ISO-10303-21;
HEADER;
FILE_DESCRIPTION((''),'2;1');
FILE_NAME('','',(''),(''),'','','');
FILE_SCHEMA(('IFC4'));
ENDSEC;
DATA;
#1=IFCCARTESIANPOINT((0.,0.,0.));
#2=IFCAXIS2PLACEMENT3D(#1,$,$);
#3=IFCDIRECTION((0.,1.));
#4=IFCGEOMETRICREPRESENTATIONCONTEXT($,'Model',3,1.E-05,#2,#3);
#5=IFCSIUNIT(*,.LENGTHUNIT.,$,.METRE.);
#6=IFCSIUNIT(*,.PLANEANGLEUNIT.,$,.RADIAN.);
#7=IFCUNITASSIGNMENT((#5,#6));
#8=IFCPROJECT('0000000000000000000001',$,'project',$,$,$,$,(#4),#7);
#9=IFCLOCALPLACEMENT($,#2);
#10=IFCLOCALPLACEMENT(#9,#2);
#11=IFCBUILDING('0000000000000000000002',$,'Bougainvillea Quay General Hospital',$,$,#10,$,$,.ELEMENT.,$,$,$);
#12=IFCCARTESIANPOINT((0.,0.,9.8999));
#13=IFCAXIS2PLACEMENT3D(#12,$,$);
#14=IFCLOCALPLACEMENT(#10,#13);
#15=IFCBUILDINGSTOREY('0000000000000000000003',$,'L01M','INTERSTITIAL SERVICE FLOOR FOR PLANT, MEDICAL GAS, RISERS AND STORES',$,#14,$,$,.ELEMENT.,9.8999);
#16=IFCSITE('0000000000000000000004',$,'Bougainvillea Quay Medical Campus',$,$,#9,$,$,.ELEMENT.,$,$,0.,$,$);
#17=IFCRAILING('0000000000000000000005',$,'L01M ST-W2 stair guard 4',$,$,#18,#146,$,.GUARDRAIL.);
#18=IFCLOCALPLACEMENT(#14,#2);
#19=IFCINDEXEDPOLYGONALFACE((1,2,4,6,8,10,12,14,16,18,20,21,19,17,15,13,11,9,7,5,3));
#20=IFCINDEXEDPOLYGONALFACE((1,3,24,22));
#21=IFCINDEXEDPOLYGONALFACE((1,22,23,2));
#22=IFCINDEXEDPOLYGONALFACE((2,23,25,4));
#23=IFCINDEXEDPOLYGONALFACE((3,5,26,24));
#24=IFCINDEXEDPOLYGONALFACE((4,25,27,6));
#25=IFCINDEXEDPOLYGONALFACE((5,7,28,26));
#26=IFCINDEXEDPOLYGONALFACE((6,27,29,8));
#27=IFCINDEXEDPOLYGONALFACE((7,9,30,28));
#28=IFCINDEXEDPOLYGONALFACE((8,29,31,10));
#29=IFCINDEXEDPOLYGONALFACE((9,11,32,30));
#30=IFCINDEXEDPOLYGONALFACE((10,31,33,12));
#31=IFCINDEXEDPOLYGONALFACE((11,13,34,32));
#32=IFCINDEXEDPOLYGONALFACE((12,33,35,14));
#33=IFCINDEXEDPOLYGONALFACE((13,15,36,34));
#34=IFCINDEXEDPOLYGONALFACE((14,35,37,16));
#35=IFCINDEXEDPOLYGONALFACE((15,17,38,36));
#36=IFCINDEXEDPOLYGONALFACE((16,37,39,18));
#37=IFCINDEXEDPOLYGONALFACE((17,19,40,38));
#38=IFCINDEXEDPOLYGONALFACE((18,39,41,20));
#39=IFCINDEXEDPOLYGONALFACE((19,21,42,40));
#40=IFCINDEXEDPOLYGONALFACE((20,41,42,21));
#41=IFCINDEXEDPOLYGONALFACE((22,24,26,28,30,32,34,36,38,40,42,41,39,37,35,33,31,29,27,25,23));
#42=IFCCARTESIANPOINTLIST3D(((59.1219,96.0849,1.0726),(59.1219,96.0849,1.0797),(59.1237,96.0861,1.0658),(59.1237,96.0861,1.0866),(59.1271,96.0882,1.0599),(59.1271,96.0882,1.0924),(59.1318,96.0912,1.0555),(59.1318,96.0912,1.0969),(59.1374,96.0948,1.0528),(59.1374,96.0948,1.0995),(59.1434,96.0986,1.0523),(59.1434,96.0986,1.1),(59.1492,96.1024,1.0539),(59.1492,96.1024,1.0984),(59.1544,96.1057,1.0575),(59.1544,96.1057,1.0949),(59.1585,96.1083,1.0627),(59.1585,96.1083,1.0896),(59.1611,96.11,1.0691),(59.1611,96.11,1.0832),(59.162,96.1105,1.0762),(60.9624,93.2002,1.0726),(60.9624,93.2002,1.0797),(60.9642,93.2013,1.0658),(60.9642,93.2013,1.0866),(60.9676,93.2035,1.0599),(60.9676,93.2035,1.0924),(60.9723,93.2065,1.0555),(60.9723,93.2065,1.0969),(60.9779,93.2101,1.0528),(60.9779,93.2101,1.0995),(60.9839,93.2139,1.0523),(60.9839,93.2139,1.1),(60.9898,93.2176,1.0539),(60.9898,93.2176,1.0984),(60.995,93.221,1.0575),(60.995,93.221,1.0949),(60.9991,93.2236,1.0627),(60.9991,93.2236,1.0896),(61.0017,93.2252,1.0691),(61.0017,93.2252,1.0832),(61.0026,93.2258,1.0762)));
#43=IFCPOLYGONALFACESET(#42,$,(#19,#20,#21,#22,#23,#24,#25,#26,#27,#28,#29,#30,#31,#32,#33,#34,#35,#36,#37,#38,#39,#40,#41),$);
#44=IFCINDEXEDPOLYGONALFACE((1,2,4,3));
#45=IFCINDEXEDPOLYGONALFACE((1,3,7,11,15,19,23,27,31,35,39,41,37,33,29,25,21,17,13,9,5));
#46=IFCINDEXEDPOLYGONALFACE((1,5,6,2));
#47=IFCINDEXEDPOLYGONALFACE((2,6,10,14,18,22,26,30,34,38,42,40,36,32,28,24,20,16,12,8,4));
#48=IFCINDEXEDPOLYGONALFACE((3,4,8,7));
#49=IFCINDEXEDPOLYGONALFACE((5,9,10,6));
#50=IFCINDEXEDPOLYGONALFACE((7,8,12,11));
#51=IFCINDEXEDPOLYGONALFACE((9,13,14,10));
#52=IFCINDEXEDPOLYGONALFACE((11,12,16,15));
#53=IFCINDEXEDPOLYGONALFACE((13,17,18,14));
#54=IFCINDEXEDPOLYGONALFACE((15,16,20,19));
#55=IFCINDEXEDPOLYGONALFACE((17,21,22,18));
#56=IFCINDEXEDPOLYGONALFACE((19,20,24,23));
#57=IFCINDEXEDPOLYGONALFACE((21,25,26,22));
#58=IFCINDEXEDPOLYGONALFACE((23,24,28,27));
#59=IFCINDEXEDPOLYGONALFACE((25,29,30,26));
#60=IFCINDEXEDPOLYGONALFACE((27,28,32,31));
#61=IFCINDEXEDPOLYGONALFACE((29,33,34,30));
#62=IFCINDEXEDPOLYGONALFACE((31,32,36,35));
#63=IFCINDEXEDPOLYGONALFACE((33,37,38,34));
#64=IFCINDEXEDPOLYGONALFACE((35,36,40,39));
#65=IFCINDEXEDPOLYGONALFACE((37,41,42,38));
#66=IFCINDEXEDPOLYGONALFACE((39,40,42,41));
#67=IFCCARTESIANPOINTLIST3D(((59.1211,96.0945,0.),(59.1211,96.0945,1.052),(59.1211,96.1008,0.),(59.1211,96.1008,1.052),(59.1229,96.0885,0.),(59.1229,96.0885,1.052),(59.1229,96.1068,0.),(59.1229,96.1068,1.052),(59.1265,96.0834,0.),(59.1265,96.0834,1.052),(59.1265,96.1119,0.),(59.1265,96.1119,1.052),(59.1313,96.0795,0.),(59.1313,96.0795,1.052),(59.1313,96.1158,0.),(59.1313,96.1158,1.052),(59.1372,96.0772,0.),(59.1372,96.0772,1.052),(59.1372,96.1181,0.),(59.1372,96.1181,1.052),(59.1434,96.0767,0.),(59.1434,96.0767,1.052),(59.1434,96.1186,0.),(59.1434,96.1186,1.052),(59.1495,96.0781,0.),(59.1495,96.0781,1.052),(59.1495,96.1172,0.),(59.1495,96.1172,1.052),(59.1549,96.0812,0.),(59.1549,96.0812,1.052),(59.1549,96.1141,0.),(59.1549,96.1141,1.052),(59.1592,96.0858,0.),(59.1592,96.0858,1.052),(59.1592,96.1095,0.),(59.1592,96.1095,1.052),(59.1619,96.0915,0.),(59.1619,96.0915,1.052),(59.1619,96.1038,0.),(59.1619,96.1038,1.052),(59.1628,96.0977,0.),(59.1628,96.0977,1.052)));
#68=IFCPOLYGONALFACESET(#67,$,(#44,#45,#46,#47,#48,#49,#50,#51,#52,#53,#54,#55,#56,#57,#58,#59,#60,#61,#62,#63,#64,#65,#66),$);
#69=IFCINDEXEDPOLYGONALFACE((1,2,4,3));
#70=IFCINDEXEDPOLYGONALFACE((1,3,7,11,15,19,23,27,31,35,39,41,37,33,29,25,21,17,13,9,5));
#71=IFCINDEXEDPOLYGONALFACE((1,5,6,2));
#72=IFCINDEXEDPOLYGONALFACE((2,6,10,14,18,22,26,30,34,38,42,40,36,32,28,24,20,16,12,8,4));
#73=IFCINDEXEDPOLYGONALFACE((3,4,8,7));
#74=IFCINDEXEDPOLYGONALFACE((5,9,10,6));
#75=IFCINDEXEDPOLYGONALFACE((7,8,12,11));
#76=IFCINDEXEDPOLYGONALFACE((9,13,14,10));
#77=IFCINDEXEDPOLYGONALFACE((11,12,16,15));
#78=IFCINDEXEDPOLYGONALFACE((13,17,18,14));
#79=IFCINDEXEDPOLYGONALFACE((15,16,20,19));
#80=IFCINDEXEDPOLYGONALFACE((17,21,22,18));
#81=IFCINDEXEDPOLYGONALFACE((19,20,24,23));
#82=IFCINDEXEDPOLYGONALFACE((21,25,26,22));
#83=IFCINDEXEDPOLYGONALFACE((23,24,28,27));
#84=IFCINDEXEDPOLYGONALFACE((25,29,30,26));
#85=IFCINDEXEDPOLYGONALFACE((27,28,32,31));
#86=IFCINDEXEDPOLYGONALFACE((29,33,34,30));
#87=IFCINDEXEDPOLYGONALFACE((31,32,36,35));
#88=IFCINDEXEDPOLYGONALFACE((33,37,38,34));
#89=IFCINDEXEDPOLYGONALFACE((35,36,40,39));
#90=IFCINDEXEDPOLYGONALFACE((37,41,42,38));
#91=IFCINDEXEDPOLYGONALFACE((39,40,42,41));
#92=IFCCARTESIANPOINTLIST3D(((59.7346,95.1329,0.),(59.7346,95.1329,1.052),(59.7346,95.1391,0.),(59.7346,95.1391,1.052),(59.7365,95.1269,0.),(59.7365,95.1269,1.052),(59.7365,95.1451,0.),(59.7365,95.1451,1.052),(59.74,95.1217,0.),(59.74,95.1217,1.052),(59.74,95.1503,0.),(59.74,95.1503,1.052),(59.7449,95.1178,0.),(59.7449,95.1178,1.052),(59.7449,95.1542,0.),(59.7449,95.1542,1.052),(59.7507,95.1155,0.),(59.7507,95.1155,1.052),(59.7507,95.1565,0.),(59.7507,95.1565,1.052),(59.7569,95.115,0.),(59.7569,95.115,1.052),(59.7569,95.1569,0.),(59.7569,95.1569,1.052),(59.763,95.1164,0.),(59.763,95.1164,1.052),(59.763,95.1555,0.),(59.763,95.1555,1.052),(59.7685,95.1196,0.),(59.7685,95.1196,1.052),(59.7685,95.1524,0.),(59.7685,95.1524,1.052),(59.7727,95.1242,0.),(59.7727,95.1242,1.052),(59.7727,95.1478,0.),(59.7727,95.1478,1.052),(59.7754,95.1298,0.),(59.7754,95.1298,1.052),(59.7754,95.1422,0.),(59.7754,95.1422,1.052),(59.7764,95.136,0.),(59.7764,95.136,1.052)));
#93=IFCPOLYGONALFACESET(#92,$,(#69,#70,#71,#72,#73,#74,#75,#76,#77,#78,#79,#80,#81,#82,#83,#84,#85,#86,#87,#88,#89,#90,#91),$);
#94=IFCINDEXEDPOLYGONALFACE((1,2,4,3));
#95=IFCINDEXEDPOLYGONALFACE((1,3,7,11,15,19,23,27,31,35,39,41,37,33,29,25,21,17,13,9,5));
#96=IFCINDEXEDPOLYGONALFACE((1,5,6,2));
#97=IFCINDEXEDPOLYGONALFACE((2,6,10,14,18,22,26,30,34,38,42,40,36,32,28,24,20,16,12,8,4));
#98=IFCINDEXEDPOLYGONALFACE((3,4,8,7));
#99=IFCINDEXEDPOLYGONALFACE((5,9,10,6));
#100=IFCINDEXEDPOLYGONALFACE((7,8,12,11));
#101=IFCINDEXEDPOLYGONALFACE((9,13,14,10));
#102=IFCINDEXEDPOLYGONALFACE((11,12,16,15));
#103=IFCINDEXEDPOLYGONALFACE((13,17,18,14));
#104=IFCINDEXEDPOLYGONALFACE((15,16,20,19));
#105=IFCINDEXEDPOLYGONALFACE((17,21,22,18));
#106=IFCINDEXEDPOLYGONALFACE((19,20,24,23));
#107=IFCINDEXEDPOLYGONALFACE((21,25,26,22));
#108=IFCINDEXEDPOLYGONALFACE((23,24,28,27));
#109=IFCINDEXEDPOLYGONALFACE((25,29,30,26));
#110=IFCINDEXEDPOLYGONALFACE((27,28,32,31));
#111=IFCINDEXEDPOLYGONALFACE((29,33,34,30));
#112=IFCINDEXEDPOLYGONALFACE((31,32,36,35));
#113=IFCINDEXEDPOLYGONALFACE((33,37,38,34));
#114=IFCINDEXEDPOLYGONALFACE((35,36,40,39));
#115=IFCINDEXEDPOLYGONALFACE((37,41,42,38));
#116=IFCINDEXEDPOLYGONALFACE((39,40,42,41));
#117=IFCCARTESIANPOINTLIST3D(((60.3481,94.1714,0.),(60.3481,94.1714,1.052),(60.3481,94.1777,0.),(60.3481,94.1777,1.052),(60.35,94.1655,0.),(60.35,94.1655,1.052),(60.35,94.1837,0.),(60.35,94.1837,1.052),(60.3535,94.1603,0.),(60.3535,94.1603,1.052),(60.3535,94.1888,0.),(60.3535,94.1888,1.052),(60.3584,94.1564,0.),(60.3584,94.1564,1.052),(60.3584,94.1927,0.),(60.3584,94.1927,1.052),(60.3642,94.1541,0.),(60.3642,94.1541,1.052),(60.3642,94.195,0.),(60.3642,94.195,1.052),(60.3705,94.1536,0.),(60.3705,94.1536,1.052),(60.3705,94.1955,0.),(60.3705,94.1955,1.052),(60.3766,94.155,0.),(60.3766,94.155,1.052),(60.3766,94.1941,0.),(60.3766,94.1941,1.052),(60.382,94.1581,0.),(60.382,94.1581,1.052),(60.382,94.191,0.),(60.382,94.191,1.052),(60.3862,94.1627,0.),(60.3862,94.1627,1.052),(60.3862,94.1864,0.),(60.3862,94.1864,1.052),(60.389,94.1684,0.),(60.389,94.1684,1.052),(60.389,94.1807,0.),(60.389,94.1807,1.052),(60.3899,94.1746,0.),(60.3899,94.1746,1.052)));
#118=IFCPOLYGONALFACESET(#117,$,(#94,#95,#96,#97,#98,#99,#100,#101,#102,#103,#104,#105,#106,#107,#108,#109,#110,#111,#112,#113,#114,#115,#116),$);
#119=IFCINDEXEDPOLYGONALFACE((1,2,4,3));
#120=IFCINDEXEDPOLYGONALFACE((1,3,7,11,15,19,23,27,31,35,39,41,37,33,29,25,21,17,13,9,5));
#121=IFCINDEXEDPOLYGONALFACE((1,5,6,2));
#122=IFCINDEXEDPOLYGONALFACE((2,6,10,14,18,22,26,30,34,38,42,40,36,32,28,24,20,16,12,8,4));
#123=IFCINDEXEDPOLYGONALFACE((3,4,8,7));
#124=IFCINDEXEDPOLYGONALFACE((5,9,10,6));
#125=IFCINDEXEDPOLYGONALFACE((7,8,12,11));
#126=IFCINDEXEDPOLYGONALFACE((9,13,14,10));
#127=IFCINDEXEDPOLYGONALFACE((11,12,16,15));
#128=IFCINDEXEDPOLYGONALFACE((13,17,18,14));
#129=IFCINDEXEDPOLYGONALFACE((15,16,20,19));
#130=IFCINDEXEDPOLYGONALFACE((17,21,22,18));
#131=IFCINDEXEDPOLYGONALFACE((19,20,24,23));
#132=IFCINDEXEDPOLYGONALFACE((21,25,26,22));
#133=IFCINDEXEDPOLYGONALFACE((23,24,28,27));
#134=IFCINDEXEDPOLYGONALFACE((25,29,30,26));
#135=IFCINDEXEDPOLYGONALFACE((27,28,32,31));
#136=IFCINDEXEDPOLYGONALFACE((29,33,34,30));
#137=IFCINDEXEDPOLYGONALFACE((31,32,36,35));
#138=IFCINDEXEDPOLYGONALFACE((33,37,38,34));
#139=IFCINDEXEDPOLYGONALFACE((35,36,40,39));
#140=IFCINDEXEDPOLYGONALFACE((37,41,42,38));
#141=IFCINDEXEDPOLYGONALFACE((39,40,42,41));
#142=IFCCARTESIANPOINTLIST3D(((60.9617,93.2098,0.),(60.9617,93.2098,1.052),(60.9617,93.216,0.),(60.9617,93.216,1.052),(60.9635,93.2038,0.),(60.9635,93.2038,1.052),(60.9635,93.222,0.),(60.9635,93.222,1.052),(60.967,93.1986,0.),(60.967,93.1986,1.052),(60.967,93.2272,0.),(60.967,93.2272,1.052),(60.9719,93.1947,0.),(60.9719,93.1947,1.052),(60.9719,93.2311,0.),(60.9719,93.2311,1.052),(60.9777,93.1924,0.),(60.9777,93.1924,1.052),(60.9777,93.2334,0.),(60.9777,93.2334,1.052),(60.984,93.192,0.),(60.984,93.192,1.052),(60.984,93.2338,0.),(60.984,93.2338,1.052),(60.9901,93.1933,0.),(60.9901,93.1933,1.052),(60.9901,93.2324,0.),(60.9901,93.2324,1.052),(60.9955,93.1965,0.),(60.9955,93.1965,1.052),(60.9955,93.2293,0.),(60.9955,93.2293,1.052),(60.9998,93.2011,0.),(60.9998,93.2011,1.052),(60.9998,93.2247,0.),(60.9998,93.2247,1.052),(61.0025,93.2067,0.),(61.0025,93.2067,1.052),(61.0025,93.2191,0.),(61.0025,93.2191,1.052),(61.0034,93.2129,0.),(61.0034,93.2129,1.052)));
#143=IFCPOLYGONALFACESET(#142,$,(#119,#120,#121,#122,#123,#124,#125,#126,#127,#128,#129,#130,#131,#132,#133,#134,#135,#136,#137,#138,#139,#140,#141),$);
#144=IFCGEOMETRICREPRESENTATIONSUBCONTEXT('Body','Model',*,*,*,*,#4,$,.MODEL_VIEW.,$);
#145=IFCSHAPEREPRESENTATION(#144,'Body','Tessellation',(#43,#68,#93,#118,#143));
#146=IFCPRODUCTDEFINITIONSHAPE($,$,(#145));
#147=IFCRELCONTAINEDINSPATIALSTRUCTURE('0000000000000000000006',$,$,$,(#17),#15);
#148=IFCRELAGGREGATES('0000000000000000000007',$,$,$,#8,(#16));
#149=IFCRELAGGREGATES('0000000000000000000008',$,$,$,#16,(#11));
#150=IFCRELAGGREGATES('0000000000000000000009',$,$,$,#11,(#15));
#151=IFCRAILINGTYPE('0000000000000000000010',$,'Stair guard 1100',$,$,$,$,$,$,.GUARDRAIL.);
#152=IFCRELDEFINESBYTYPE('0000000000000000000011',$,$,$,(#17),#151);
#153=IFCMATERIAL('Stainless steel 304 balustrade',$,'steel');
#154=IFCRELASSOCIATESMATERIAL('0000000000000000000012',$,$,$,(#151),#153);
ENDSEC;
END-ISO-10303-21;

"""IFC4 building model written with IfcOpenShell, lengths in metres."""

from ifc_helpers import new_model, si_unit, direction, frame, origin, origin_2d, place, context, subcontext, project, spatial, circle, extrude, material, type_object, element, save


model = new_model("IFC4")

# Units and contexts
model_context = context("Model", 3, precision=1e-05, world=origin(), true_north=direction((0.0, 1.0)))
body_context = subcontext(model_context, "Body", "Model", "MODEL_VIEW")
ifc_project = project(units=[si_unit("LENGTHUNIT", "METRE"), si_unit("PLANEANGLEUNIT", "RADIAN")], contexts=[model_context])

# Site, building, storey
site_placement = place(None, origin())
site = spatial("IfcSite", under=ifc_project, at=site_placement, Name="Bougainvillea Quay Medical Campus", CompositionType="ELEMENT", RefElevation=0.0)
building_placement = place(site_placement, origin())
building = spatial("IfcBuilding", under=site, at=building_placement, Name="Bougainvillea Quay General Hospital", CompositionType="ELEMENT")
storey_placement = place(building_placement, frame((0.0, 0.0, 9.8999)))
storey = spatial("IfcBuildingStorey", under=building, at=storey_placement, Name="L01M", Description="INTERSTITIAL SERVICE FLOOR FOR PLANT, MEDICAL GAS, RISERS AND STORES", CompositionType="ELEMENT", Elevation=9.8999)

# Railing
ifc_material_1 = material(Name="Stainless steel 304 balustrade", Category="steel")
railing_type = type_object("IfcRailingType", Name="Stair guard 1100", PredefinedType="GUARDRAIL", material=ifc_material_1)
railing_1_placement = place(storey_placement, frame((59.1418, 96.0977, 0.0)))
element("IfcRailing", 1, at=railing_1_placement, inside=storey, type_object=railing_type, Name="L01M ST-W2 stair guard 4", PredefinedType="GUARDRAIL", context=body_context, shape_type="SweptSolid", body=[
    extrude(circle(Radius=0.0239, at=origin_2d()), frame((0.0, 0.0, 1.0762), z_axis=(0.537877, -0.843023, 0.0), x_axis=(0.843023, 0.537877, 0.0)), (0.0, 0.0, 1.0), 3.4219),
    extrude(circle(Radius=0.021, at=origin_2d()), origin(), (0.0, 0.0, 1.0), 1.052),
    extrude(circle(Radius=0.021, at=origin_2d()), frame((0.6135, -0.9617, 0.0)), (0.0, 0.0, 1.0), 1.052),
    extrude(circle(Radius=0.021, at=origin_2d()), frame((1.2271, -1.9231, 0.0)), (0.0, 0.0, 1.0), 1.052),
    extrude(circle(Radius=0.021, at=origin_2d()), frame((1.8406, -2.8848, 0.0)), (0.0, 0.0, 1.0), 1.052),
])

save(model, "model.ifc")
